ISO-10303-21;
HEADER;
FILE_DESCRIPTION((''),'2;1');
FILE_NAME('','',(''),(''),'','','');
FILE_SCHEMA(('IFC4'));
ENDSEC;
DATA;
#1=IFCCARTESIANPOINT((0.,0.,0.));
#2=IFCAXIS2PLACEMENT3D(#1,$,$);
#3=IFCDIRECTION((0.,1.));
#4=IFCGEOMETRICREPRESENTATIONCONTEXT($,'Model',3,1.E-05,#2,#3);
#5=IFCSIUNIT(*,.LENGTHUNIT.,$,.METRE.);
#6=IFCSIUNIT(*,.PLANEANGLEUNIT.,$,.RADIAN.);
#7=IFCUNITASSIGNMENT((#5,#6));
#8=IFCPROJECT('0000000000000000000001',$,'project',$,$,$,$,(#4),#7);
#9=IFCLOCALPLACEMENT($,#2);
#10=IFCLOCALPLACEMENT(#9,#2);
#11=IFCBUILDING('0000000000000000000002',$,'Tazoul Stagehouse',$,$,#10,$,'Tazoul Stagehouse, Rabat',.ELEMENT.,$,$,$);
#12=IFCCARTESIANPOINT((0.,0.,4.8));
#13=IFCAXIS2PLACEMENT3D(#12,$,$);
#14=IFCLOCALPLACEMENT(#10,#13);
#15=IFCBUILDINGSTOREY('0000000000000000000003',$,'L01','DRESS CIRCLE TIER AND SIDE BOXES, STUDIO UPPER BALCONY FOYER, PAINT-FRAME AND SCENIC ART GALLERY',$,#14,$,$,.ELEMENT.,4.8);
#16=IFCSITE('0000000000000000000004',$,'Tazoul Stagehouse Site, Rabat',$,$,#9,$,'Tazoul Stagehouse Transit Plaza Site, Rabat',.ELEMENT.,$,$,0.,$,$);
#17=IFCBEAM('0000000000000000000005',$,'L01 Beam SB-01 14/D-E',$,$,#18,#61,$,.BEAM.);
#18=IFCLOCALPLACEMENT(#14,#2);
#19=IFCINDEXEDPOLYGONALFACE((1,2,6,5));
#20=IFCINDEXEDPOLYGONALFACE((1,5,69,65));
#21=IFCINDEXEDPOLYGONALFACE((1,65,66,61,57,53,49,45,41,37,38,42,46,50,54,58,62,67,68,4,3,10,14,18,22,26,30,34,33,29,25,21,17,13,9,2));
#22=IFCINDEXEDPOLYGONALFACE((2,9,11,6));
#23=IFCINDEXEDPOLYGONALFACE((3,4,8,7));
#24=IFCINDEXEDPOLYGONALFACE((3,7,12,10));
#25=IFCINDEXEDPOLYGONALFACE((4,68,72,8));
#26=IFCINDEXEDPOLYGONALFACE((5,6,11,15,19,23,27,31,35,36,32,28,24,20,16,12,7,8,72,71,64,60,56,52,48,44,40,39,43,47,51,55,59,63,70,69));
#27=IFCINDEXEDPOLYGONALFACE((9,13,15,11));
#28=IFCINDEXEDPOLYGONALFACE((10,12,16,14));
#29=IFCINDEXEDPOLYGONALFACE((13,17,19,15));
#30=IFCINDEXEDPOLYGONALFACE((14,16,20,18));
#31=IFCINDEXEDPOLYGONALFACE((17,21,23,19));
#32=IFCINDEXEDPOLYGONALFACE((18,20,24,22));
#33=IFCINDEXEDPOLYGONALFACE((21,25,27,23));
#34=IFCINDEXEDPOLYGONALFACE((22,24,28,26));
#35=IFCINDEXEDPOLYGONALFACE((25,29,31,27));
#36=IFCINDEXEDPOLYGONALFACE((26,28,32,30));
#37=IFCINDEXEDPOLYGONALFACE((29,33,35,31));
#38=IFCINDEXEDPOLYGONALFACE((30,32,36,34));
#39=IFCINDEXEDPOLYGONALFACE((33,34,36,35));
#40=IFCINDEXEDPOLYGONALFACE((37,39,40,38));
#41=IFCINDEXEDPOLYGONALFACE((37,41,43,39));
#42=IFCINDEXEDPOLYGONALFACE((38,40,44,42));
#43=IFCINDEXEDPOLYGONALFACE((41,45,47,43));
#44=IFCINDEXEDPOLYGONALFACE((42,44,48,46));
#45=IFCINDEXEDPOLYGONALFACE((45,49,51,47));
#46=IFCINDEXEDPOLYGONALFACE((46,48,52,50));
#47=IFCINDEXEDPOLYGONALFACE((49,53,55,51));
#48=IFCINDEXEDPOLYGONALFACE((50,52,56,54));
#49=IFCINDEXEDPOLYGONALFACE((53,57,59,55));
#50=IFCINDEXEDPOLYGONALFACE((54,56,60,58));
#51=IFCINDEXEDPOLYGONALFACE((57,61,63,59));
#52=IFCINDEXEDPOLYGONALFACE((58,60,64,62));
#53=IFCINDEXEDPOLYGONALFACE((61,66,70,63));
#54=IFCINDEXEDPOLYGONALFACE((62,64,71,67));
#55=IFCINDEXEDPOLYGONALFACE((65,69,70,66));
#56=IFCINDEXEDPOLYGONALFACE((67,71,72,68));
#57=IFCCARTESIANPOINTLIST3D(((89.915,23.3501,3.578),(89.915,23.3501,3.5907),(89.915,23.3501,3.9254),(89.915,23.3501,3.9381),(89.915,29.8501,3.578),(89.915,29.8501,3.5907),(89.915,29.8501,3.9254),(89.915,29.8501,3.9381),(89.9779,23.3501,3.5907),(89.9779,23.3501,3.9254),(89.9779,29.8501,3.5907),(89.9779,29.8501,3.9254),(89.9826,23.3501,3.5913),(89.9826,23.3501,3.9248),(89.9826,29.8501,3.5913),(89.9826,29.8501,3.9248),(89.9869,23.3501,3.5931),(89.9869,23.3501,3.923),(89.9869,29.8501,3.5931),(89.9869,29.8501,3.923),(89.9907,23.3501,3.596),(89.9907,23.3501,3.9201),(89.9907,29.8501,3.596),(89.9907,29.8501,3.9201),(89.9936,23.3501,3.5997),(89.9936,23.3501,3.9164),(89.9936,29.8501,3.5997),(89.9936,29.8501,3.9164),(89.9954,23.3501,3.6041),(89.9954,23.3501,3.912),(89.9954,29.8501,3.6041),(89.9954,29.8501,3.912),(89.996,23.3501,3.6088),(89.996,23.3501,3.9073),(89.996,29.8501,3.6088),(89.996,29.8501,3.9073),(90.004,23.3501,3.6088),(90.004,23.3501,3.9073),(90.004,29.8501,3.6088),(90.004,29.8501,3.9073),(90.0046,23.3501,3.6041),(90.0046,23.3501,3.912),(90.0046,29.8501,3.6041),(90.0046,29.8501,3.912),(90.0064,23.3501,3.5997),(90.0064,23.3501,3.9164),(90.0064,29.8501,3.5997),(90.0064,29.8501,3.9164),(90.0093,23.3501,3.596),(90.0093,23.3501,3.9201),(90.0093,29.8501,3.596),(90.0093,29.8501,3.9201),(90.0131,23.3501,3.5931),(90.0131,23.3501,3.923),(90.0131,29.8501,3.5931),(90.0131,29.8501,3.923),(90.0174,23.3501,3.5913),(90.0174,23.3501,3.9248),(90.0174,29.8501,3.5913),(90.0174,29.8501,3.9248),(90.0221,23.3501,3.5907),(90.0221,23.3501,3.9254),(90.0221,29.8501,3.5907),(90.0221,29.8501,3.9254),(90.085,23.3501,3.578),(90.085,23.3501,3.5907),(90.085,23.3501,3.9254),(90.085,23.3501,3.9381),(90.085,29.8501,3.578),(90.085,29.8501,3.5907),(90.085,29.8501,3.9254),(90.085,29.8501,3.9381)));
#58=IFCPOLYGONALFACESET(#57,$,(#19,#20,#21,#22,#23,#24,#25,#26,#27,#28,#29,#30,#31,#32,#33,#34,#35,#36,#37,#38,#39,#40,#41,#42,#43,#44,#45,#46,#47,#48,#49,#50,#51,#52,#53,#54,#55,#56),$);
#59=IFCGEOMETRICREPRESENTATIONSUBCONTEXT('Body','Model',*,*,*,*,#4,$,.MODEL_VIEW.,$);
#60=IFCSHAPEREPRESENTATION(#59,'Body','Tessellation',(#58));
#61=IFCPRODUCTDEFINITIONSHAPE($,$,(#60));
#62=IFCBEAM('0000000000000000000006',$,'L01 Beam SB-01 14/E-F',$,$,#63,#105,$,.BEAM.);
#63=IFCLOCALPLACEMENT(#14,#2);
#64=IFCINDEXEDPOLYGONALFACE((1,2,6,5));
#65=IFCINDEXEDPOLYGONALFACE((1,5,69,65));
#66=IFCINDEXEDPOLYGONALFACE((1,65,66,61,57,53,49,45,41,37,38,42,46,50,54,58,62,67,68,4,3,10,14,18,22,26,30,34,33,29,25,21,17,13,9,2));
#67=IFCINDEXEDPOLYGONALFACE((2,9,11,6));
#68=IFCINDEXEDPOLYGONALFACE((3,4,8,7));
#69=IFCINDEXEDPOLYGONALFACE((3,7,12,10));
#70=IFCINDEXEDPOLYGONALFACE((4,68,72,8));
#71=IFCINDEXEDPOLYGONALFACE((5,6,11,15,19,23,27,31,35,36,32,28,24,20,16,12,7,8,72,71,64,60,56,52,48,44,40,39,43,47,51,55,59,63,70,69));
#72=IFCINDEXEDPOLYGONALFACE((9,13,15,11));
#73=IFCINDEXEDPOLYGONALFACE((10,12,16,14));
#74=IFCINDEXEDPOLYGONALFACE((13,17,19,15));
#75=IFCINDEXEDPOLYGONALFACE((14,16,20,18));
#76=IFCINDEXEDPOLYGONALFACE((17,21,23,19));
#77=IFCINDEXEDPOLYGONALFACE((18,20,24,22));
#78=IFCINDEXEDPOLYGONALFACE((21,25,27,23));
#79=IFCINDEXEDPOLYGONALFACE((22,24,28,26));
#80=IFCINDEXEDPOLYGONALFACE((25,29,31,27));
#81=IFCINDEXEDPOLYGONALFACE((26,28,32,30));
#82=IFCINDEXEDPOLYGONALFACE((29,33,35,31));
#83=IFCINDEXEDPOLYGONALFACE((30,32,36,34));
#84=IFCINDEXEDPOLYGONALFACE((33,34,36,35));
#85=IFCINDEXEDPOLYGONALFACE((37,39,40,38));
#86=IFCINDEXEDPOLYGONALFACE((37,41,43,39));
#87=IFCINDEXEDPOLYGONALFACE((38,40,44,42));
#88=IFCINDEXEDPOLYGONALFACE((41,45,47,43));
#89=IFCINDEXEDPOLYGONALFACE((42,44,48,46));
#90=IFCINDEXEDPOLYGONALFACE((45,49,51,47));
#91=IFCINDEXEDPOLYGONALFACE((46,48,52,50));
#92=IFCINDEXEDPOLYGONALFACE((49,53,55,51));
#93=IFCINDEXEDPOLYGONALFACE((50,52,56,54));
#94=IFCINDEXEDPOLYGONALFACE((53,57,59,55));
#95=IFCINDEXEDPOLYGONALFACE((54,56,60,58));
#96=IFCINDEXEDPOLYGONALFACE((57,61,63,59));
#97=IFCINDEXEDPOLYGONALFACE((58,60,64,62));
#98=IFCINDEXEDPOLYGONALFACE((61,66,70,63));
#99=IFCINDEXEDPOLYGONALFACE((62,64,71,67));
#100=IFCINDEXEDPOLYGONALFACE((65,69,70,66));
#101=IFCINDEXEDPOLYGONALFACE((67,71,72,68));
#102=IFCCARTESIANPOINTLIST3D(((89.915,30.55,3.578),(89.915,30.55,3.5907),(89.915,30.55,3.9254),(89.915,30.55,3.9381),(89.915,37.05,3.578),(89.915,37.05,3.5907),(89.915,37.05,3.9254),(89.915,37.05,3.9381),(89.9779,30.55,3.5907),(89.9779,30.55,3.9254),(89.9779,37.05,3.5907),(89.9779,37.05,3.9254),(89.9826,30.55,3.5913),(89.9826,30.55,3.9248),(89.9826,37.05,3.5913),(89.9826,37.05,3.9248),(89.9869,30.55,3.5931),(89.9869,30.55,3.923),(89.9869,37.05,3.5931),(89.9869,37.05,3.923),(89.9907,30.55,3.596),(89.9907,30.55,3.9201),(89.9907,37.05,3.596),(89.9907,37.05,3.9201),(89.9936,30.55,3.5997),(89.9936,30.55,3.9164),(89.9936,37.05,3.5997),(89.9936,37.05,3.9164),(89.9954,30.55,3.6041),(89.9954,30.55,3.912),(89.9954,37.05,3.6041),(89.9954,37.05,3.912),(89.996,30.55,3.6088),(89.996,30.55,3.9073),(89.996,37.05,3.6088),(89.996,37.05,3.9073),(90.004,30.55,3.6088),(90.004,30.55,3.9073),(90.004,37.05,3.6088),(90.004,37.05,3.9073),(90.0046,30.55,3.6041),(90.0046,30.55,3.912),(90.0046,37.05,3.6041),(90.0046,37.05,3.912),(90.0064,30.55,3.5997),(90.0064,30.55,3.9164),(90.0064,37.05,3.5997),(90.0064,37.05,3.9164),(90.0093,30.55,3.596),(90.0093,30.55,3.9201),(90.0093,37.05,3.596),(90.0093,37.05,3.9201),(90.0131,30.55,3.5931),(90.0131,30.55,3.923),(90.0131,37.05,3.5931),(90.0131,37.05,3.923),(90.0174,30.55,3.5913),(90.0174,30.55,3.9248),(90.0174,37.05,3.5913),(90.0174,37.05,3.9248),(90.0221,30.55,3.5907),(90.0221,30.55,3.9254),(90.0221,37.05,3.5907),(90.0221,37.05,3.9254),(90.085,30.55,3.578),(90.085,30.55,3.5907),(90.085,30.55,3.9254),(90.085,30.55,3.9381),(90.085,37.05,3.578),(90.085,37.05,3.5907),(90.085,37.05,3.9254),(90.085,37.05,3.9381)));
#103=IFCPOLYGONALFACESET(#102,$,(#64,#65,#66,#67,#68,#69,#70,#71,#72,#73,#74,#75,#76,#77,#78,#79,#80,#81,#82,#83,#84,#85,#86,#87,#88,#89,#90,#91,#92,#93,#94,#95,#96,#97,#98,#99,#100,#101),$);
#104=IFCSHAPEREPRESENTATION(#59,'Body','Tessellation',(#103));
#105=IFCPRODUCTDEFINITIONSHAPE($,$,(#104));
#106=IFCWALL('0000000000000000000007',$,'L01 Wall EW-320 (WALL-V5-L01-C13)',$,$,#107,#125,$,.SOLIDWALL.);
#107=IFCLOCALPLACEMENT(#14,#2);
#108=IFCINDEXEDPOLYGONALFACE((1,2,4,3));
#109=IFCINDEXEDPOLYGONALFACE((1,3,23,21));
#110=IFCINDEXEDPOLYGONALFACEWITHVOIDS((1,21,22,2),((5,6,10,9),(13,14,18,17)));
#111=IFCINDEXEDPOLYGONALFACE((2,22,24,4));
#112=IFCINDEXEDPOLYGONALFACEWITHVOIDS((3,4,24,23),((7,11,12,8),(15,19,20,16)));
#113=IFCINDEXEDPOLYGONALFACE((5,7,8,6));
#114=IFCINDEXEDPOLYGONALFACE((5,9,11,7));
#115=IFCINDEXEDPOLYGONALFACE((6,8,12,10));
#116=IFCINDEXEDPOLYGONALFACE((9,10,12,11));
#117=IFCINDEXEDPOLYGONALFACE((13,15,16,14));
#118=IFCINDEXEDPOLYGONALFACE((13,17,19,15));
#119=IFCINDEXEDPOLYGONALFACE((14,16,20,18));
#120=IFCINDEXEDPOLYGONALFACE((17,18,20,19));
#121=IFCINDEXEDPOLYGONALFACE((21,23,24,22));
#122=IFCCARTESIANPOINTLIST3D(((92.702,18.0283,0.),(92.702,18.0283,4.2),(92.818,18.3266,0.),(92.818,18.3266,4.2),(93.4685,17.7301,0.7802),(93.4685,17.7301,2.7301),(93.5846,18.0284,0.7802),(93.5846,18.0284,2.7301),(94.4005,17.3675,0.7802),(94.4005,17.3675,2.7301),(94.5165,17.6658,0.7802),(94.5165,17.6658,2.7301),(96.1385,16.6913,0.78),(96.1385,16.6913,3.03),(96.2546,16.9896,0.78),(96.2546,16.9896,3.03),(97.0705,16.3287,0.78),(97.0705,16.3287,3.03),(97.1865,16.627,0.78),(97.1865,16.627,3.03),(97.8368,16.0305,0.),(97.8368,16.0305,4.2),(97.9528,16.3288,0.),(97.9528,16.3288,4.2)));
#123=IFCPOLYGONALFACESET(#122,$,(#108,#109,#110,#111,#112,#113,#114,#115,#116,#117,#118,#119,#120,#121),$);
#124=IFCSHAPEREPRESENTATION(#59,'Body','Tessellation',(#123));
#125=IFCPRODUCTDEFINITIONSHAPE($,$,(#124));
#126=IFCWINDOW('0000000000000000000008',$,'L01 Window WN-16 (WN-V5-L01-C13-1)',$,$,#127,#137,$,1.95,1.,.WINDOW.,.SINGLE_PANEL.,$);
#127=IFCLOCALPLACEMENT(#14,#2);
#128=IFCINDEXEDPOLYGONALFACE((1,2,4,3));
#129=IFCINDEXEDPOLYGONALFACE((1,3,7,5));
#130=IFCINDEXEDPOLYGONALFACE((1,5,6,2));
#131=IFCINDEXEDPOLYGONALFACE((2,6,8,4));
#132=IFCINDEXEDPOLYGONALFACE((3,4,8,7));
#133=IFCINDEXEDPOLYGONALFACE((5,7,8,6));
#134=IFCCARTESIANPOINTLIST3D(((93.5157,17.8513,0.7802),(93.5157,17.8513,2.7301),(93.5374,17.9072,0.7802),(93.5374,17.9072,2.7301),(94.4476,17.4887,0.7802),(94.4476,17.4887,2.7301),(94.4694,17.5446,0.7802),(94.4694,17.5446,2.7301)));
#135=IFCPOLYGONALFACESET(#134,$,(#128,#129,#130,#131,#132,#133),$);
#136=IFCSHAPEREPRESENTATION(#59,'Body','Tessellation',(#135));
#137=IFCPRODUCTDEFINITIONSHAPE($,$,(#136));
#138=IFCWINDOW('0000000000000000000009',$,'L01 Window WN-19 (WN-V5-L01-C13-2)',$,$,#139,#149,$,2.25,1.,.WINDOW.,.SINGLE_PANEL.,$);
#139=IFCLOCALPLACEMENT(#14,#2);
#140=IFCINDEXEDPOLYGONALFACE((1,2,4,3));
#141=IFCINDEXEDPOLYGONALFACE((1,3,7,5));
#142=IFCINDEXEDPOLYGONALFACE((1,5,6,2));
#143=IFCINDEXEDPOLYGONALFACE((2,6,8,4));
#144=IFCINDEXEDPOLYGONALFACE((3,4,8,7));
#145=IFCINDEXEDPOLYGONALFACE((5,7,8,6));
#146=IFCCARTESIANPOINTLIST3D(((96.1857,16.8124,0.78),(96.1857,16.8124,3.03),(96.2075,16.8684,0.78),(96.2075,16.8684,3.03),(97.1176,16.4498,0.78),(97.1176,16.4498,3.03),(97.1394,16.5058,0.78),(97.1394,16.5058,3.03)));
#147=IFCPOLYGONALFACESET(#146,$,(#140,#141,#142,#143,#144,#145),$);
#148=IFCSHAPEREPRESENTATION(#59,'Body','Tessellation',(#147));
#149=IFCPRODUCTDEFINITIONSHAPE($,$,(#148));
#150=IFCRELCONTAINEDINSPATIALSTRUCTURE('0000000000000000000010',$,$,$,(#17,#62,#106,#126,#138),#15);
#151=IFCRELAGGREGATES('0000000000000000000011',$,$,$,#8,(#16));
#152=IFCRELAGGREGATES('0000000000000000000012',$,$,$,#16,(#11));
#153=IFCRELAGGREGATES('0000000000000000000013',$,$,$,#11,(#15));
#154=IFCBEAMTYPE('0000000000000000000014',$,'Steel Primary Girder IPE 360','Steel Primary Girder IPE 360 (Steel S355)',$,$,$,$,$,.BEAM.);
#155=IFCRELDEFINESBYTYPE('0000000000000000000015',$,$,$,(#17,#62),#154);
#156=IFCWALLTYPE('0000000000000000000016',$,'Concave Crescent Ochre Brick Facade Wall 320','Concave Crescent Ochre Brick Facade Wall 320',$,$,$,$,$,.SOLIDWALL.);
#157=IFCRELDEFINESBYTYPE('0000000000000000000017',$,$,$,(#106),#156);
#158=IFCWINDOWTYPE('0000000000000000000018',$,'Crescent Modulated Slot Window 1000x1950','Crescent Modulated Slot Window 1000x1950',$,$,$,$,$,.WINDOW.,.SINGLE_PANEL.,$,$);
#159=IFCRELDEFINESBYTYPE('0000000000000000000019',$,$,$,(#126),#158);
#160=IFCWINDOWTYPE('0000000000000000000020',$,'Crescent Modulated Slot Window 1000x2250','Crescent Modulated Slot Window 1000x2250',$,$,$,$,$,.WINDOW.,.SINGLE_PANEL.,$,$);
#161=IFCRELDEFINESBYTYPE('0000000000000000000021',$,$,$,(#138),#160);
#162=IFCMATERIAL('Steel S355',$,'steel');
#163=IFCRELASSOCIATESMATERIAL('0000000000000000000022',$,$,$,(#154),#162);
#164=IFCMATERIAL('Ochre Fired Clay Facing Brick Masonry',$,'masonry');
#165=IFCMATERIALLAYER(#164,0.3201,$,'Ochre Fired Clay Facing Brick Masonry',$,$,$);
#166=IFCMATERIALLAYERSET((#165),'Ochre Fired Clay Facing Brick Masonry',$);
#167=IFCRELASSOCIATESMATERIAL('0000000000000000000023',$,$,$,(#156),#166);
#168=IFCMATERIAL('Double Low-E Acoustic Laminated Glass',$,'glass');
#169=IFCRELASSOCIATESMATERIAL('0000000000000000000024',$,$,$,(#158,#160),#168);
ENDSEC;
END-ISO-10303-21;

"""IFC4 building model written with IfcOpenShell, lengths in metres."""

from ifc_helpers import new_model, si_unit, direction, frame, frame_2d, origin, origin_2d, place, context, subcontext, project, spatial, rectangle, i_section, extrude, material, layer, layer_set, material_profile, profile_set, type_object, element, fill, save


model = new_model("IFC4")

# Units and contexts
model_context = context("Model", 3, precision=1e-05, world=origin(), true_north=direction((0.0, 1.0)))
body_context = subcontext(model_context, "Body", "Model", "MODEL_VIEW")
ifc_project = project(units=[si_unit("LENGTHUNIT", "METRE"), si_unit("PLANEANGLEUNIT", "RADIAN")], contexts=[model_context])

# Site, building, storey
site_placement = place(None, origin())
site = spatial("IfcSite", under=ifc_project, at=site_placement, Name="Tazoul Stagehouse Site, Rabat", LongName="Tazoul Stagehouse Transit Plaza Site, Rabat", CompositionType="ELEMENT", RefElevation=0.0)
building_placement = place(site_placement, origin())
building = spatial("IfcBuilding", under=site, at=building_placement, Name="Tazoul Stagehouse", LongName="Tazoul Stagehouse, Rabat", CompositionType="ELEMENT")
storey_placement = place(building_placement, frame((0.0, 0.0, 4.8)))
storey = spatial("IfcBuildingStorey", under=building, at=storey_placement, Name="L01", Description="DRESS CIRCLE TIER AND SIDE BOXES, STUDIO UPPER BALCONY FOYER, PAINT-FRAME AND SCENIC ART GALLERY", CompositionType="ELEMENT", Elevation=4.8)

# Beams
ifc_material_1 = material(Name="Steel S355", Category="steel")
ifc_material_profile_1 = material_profile(ifc_material_1, i_section(OverallWidth=0.1699, OverallDepth=0.3601, WebThickness=0.0081, FlangeThickness=0.0127, FilletRadius=0.0181, at=origin_2d()), Name="IPE 360")
ifc_profile_set_1 = profile_set([ifc_material_profile_1], Name="Steel S355")
beam_type_1 = type_object("IfcBeamType", Name="Steel Primary Girder IPE 360", Description="Steel Primary Girder IPE 360 (Steel S355)", PredefinedType="BEAM", material=ifc_profile_set_1)
for number, where, z_axis, x_axis, name in (
    (1, (90.0, 23.3501, 3.7581), (0.0, 1.0, 0.0), (-1.0, 0.0, 0.0), "L01 Beam SB-01 14/D-E"),
    (2, (90.0, 30.55, 3.7581), (0.0, 1.0, 0.0), (-1.0, 0.0, 0.0), "L01 Beam SB-01 14/E-F"),
):
    element("IfcBeam", number, at=place(storey_placement, frame(where, z_axis=z_axis, x_axis=x_axis)), inside=storey, type_object=beam_type_1, Name=name, PredefinedType="BEAM", context=body_context, shape_type="SweptSolid", body=[
        extrude(i_section(OverallWidth=0.1699, OverallDepth=0.3601, WebThickness=0.0081, FlangeThickness=0.0127, FilletRadius=0.0181, at=origin_2d()), origin(), (0.0, 0.0, 1.0), 6.5),
    ])

# Wall, openings, windows
ifc_material_2 = material(Name="Ochre Fired Clay Facing Brick Masonry", Category="masonry")
ifc_layer_1 = layer(ifc_material_2, 0.3201, Name="Ochre Fired Clay Facing Brick Masonry")
ifc_layer_set_1 = layer_set([ifc_layer_1], Name="Ochre Fired Clay Facing Brick Masonry")
wall_type_1 = type_object("IfcWallType", Name="Concave Crescent Ochre Brick Facade Wall 320", Description="Concave Crescent Ochre Brick Facade Wall 320", PredefinedType="SOLIDWALL", material=ifc_layer_set_1)
wall_1_placement = place(storey_placement, frame((92.76, 18.1775, 0.0), z_axis=(0.0, 0.0, 1.0), x_axis=(0.931946, -0.362596, 0.0)))
wall_1 = element("IfcWall", 3, at=wall_1_placement, inside=storey, type_object=wall_type_1, Name="L01 Wall EW-320 (WALL-V5-L01-C13)", PredefinedType="SOLIDWALL", context=body_context, shape_type="SweptSolid", body=[
    extrude(rectangle(XDim=5.5098, YDim=0.3201, at=frame_2d((2.7549, 0.0))), origin(), (0.0, 0.0, 1.0), 4.2),
])
opening_1_placement = place(wall_1_placement, frame((0.8225, 0.0, 0.78)))
opening_1 = element("IfcOpeningElement", 4, at=opening_1_placement, cuts=wall_1, PredefinedType="OPENING", context=body_context, shape_type="SweptSolid", body=[
    extrude(rectangle(XDim=1.0, YDim=1.95, at=frame_2d((0.5, 0.9751))), frame((0.0, 0.1799, 0.0), z_axis=(0.0, -1.0, 0.0), x_axis=(1.0, 0.0, 0.0)), (0.0, 0.0, 1.0), 0.3601),
])
opening_2_placement = place(wall_1_placement, frame((3.6875, 0.0, 0.78)))
opening_2 = element("IfcOpeningElement", 5, at=opening_2_placement, cuts=wall_1, PredefinedType="OPENING", context=body_context, shape_type="SweptSolid", body=[
    extrude(rectangle(XDim=1.0, YDim=2.25, at=frame_2d((0.5, 1.125))), frame((0.0, 0.1799, 0.0), z_axis=(0.0, -1.0, 0.0), x_axis=(1.0, 0.0, 0.0)), (0.0, 0.0, 1.0), 0.3601),
])
ifc_material_3 = material(Name="Double Low-E Acoustic Laminated Glass", Category="glass")
window_type_1 = type_object("IfcWindowType", Name="Crescent Modulated Slot Window 1000x1950", Description="Crescent Modulated Slot Window 1000x1950", PartitioningType="SINGLE_PANEL", PredefinedType="WINDOW", material=ifc_material_3)
window_1_placement = place(opening_1_placement, origin())
window_1 = element("IfcWindow", 6, at=window_1_placement, inside=storey, type_object=window_type_1, Name="L01 Window WN-16 (WN-V5-L01-C13-1)", OverallHeight=1.95, OverallWidth=1.0, PartitioningType="SINGLE_PANEL", PredefinedType="WINDOW", context=body_context, shape_type="SweptSolid", body=[
    extrude(rectangle(XDim=1.0, YDim=1.95, at=frame_2d((0.5, 0.9751))), frame((0.0, 0.03, 0.0), z_axis=(0.0, -1.0, 0.0), x_axis=(1.0, 0.0, 0.0)), (0.0, 0.0, 1.0), 0.0601),
])
fill(opening_1, window_1)
window_type_2 = type_object("IfcWindowType", Name="Crescent Modulated Slot Window 1000x2250", Description="Crescent Modulated Slot Window 1000x2250", PartitioningType="SINGLE_PANEL", PredefinedType="WINDOW", material=ifc_material_3)
window_2_placement = place(opening_2_placement, origin())
window_2 = element("IfcWindow", 7, at=window_2_placement, inside=storey, type_object=window_type_2, Name="L01 Window WN-19 (WN-V5-L01-C13-2)", OverallHeight=2.25, OverallWidth=1.0, PartitioningType="SINGLE_PANEL", PredefinedType="WINDOW", context=body_context, shape_type="SweptSolid", body=[
    extrude(rectangle(XDim=1.0, YDim=2.25, at=frame_2d((0.5, 1.125))), frame((0.0, 0.03, 0.0), z_axis=(0.0, -1.0, 0.0), x_axis=(1.0, 0.0, 0.0)), (0.0, 0.0, 1.0), 0.0601),
])
fill(opening_2, window_2)

save(model, "model.ifc")
